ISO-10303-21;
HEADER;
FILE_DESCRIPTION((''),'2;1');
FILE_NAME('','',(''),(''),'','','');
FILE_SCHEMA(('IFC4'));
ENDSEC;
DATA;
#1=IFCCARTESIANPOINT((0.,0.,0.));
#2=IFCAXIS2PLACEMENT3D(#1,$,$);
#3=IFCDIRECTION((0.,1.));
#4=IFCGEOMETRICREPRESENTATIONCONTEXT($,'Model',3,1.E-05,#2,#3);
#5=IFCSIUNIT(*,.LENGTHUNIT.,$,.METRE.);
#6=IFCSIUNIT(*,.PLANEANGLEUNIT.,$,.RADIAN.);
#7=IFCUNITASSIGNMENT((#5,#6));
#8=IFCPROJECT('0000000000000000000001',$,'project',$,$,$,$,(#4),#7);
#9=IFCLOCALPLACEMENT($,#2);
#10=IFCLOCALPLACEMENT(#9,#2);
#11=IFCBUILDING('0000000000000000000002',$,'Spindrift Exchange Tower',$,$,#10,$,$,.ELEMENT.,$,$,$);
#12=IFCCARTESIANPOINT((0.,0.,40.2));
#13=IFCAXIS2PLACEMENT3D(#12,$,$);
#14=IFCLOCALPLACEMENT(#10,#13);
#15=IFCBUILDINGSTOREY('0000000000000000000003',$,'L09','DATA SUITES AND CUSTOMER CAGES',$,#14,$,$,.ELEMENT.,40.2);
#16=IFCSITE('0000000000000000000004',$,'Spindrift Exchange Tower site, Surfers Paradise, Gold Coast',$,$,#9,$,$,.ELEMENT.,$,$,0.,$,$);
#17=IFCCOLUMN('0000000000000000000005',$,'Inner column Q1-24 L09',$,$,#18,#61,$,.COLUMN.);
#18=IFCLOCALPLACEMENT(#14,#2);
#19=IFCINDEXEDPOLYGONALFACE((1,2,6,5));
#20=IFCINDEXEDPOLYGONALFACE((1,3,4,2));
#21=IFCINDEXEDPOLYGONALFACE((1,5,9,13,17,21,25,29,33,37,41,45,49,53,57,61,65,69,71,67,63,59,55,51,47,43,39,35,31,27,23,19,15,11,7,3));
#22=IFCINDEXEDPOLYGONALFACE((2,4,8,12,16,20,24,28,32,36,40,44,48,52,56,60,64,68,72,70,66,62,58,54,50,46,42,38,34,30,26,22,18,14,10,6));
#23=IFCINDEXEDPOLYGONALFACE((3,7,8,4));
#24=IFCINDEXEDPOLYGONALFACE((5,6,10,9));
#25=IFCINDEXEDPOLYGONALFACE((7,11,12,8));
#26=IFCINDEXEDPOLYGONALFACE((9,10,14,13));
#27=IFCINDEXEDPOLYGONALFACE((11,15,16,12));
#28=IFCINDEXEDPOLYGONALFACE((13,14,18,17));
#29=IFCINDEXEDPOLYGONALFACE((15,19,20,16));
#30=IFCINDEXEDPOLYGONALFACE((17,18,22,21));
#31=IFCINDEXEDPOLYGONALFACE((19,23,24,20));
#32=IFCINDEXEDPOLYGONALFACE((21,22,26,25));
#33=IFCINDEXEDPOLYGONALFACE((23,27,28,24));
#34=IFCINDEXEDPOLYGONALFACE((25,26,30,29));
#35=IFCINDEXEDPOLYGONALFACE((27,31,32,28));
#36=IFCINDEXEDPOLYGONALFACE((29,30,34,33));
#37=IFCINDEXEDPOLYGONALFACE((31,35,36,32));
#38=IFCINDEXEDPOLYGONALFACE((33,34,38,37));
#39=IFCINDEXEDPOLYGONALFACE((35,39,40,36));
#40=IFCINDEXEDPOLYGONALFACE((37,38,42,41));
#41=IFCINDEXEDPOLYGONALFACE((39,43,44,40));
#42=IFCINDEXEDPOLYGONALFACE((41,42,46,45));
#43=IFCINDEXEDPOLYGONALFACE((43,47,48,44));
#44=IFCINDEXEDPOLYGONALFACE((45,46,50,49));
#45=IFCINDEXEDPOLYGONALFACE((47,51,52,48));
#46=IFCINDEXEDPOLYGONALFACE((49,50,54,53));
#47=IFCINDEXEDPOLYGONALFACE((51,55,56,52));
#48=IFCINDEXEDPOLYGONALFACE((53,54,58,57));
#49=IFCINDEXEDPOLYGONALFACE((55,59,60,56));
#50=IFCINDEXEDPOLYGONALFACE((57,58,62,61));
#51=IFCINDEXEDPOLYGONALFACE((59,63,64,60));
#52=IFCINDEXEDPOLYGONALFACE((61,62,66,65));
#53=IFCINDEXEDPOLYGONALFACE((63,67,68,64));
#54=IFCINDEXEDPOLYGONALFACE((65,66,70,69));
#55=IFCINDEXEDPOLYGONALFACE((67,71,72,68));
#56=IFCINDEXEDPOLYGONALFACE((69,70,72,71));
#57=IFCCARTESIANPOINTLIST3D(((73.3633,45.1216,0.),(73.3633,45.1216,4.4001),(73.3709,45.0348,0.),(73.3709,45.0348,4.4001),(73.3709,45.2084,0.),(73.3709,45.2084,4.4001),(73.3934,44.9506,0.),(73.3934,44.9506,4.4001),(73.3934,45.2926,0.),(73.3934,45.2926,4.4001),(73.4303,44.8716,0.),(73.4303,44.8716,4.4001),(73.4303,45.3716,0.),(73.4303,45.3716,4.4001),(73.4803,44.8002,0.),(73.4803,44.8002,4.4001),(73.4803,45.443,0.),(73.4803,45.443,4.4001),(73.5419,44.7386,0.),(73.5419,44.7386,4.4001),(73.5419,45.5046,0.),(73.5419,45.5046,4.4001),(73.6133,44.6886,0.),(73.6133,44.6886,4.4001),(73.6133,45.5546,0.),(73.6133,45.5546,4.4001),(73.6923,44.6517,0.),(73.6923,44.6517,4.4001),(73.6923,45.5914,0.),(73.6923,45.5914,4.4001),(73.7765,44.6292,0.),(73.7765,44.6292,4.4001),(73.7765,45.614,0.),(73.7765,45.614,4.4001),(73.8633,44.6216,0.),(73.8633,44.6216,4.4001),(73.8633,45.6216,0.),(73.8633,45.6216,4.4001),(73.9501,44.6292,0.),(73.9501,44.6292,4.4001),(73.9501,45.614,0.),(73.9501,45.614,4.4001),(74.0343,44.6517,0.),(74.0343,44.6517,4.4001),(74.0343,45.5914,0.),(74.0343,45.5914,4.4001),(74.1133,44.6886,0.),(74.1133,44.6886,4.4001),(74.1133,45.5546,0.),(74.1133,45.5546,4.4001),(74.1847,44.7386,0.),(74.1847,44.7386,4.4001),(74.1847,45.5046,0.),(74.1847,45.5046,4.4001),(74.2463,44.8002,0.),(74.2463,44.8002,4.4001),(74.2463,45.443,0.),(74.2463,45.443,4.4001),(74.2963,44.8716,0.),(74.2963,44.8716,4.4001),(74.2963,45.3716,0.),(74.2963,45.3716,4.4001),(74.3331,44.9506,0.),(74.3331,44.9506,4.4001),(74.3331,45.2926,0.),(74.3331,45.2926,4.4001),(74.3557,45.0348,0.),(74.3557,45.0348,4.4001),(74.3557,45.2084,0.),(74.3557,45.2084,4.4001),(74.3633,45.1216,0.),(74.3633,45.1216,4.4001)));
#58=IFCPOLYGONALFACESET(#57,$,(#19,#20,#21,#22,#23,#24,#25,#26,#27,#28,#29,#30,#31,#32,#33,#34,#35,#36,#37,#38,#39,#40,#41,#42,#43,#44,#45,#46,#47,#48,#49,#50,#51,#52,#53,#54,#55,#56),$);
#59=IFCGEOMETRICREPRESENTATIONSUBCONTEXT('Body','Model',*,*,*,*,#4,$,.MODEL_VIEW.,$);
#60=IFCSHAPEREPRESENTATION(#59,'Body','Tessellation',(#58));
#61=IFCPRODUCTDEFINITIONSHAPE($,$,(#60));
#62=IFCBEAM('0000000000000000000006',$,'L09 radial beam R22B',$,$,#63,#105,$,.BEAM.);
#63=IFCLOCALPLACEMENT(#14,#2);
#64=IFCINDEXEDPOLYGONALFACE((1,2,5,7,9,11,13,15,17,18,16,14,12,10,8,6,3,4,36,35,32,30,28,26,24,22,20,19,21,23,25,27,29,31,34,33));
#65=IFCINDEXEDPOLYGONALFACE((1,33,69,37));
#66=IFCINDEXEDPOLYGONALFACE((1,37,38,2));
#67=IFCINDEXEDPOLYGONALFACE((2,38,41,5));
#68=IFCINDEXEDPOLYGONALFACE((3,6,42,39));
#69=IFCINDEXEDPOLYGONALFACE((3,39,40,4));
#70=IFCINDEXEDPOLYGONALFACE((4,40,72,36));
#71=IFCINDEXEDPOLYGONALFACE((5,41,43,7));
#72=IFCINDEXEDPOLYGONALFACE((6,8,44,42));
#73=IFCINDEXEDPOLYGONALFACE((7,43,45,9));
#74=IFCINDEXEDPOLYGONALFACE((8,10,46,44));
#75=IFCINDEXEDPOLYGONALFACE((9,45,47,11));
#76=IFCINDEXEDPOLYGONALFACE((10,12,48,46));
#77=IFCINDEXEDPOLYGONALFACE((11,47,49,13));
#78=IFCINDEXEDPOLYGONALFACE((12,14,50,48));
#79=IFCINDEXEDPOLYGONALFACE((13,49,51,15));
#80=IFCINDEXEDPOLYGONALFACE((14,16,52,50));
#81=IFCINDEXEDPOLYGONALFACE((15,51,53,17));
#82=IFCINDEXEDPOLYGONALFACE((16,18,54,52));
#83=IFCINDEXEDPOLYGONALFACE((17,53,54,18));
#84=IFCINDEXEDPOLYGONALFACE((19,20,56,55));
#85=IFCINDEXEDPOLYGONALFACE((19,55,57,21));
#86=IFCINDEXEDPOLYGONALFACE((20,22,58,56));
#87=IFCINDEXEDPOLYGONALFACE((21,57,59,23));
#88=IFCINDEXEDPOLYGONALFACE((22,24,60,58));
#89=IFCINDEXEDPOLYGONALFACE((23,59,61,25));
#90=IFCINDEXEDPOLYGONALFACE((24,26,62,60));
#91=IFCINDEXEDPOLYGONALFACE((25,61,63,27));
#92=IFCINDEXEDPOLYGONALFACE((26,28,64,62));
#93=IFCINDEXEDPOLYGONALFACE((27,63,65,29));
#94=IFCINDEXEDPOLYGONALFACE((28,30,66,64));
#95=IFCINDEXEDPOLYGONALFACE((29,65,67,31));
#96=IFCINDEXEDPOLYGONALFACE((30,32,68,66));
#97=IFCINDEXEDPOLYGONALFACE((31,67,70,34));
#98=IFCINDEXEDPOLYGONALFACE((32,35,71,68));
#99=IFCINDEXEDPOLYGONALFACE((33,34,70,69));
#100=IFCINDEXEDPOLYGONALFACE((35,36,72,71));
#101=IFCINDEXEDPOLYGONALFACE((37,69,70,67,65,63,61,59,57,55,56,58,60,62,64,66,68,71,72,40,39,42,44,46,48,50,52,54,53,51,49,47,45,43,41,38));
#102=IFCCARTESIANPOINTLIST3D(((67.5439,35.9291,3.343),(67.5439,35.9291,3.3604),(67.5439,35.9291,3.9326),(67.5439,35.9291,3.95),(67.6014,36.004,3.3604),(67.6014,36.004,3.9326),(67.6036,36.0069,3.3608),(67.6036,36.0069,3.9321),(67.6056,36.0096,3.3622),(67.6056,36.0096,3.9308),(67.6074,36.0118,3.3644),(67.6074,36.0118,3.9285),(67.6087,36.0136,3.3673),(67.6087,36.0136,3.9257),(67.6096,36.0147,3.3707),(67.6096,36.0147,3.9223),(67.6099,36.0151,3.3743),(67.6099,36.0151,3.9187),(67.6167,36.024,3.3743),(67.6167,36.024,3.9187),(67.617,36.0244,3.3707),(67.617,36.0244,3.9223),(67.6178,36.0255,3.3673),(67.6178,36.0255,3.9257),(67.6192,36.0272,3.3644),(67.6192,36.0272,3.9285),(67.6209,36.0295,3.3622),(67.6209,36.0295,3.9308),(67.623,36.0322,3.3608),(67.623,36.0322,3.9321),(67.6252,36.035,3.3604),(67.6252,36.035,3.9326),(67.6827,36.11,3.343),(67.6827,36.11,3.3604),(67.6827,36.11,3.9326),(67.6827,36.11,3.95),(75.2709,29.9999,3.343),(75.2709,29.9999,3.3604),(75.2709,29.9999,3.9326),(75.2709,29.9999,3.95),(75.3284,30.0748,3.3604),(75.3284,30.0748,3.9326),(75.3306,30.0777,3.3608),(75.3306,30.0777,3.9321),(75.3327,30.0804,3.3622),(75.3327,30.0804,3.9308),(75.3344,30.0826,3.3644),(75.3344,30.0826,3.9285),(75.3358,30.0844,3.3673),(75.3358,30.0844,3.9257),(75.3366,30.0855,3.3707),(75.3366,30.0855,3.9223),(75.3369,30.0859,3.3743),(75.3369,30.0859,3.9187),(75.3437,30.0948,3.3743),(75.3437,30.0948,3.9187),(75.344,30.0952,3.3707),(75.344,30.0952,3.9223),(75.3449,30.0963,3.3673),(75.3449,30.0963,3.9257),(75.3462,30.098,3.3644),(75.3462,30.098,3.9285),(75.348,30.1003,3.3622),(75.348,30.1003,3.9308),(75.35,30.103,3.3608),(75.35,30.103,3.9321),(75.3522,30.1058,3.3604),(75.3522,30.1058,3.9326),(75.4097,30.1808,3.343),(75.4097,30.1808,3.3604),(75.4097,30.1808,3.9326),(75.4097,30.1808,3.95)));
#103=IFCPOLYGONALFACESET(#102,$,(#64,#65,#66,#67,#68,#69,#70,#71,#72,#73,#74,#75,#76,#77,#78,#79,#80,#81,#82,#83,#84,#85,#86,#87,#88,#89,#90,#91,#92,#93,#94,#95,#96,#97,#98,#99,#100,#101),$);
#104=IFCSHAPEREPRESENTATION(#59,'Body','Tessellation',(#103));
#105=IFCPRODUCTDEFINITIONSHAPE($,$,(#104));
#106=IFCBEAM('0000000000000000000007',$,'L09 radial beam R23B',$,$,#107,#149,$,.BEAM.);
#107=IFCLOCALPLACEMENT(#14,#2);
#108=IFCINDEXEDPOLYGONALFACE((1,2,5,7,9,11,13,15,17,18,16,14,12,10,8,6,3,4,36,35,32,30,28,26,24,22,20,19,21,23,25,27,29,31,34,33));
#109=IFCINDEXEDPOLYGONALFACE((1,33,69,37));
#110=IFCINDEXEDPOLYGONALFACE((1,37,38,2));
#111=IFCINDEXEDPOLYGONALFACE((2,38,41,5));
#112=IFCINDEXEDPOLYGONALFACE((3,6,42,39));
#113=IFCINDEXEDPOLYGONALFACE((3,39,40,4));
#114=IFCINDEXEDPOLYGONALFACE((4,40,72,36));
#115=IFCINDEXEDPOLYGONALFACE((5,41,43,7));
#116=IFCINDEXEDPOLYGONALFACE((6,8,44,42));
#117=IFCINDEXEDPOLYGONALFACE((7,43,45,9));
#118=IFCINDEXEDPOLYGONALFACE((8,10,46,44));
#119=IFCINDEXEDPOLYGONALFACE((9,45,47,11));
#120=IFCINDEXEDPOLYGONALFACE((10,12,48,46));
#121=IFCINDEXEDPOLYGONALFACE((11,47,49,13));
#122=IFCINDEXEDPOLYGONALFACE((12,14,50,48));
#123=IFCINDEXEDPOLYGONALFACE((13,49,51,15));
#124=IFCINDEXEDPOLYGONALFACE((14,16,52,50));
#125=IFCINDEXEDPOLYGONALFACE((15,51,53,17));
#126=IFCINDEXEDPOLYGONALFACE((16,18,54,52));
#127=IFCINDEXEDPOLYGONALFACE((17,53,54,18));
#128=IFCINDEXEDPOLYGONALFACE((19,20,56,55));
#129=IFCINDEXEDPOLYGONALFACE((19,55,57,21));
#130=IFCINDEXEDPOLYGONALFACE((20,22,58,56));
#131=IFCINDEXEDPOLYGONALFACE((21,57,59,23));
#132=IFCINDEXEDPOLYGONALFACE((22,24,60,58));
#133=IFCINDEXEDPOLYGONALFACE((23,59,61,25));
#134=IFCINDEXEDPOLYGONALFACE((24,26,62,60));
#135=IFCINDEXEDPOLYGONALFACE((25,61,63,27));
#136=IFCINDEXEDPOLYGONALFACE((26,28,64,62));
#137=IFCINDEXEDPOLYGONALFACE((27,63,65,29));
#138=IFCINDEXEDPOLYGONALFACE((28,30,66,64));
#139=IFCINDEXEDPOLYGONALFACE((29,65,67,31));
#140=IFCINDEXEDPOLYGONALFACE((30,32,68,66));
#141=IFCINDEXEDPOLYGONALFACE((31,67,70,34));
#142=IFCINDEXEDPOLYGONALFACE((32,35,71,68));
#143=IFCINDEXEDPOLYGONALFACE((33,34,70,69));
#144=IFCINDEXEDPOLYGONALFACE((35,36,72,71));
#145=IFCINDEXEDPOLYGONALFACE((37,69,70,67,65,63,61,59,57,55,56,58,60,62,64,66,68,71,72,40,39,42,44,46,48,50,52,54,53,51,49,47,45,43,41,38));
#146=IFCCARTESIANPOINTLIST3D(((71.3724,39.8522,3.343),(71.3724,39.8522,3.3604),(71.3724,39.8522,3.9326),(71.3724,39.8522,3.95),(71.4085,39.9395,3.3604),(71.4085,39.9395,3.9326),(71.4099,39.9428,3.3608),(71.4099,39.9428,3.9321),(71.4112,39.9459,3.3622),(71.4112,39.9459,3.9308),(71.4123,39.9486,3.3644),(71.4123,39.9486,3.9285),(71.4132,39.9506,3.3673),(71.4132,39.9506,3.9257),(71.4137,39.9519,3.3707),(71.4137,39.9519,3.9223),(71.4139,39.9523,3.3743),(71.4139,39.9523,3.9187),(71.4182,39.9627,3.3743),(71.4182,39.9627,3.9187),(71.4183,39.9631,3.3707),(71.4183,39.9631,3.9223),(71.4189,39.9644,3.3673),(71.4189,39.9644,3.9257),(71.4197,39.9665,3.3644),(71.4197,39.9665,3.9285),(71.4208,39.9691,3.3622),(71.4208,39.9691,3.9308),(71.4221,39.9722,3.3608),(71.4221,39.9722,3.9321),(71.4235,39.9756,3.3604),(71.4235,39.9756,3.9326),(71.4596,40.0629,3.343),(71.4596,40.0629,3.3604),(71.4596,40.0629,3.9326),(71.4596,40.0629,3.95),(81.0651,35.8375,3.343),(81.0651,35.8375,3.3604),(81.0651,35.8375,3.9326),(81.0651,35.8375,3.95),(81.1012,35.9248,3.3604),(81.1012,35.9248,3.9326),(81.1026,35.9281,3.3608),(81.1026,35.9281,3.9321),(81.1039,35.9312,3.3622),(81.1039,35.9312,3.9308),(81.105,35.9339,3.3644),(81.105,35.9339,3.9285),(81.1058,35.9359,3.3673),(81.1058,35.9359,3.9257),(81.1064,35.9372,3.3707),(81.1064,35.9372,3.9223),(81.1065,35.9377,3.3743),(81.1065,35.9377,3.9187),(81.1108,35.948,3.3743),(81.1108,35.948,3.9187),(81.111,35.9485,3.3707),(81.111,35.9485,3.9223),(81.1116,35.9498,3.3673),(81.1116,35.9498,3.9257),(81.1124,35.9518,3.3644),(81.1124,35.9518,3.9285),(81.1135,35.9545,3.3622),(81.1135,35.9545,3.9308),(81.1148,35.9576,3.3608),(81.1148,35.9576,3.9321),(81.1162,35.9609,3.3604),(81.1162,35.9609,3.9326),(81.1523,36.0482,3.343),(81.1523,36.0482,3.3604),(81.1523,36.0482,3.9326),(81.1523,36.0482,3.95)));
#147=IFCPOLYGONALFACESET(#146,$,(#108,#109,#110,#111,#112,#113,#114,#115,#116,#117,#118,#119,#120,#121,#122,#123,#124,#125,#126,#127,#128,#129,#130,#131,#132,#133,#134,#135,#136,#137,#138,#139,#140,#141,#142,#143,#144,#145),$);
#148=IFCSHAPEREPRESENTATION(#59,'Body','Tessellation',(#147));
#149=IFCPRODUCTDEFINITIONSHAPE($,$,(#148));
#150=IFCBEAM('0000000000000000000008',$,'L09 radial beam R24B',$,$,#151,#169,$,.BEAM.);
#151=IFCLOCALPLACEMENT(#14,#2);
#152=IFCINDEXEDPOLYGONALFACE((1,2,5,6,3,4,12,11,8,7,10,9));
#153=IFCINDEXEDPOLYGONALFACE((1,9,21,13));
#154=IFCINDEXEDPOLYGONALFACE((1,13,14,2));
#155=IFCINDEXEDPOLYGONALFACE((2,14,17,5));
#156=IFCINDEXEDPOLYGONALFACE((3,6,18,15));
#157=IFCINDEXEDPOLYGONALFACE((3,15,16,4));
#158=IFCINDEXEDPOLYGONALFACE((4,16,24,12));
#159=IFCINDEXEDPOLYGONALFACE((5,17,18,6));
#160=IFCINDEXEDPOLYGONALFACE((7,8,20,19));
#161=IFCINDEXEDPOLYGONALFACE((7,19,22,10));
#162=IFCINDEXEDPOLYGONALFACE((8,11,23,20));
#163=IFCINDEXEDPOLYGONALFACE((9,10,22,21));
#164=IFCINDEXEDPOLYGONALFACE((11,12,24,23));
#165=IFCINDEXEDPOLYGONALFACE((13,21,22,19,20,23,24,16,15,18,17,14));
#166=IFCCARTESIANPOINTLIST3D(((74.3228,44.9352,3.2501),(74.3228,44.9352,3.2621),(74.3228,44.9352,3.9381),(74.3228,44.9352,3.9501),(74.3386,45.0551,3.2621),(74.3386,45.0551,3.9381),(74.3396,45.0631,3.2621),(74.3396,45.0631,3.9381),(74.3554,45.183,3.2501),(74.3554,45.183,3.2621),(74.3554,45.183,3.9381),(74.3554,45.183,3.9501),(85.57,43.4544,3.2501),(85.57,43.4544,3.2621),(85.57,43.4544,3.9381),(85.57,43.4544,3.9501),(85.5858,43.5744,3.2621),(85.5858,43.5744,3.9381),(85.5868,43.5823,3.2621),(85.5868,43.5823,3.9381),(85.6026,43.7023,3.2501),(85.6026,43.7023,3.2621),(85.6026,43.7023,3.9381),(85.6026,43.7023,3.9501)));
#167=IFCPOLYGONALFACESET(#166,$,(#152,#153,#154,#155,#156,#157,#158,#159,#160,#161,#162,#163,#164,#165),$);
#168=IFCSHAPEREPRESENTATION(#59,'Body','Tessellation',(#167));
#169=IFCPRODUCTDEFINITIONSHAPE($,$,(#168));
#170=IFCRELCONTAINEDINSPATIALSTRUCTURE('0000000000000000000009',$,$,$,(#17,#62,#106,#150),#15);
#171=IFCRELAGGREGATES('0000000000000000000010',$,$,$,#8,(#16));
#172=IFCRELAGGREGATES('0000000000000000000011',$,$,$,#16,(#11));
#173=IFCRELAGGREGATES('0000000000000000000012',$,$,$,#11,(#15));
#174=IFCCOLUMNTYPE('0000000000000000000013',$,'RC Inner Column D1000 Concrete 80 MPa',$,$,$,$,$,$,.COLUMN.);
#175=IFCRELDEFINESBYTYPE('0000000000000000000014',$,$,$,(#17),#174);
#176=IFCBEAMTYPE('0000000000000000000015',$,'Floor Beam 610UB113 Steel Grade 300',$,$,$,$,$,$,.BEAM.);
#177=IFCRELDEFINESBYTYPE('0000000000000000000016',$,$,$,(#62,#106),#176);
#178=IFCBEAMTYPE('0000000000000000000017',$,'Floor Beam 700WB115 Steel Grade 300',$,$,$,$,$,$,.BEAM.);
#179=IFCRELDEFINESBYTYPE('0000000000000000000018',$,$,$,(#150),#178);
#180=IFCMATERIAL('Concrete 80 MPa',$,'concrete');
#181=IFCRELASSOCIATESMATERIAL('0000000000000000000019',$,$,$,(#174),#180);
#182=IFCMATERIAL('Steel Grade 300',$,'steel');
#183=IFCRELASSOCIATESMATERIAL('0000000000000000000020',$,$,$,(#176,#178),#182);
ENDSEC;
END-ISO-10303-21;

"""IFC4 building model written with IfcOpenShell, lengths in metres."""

from ifc_helpers import new_model, si_unit, direction, frame, origin, origin_2d, place, context, subcontext, project, spatial, circle, i_section, extrude, source, transform, mapped, material, material_profile, profile_set, type_object, element, save


model = new_model("IFC4")

# Units and contexts
model_context = context("Model", 3, precision=1e-05, world=origin(), true_north=direction((0.0, 1.0)))
body_context = subcontext(model_context, "Body", "Model", "MODEL_VIEW")
ifc_project = project(units=[si_unit("LENGTHUNIT", "METRE"), si_unit("PLANEANGLEUNIT", "RADIAN")], contexts=[model_context])

# Site, building, storey
site_placement = place(None, origin())
site = spatial("IfcSite", under=ifc_project, at=site_placement, Name="Spindrift Exchange Tower site, Surfers Paradise, Gold Coast", CompositionType="ELEMENT", RefElevation=0.0)
building_placement = place(site_placement, origin())
building = spatial("IfcBuilding", under=site, at=building_placement, Name="Spindrift Exchange Tower", CompositionType="ELEMENT")
storey_placement = place(building_placement, frame((0.0, 0.0, 40.2)))
storey = spatial("IfcBuildingStorey", under=building, at=storey_placement, Name="L09", Description="DATA SUITES AND CUSTOMER CAGES", CompositionType="ELEMENT", Elevation=40.2)

# Column
ifc_material_1 = material(Name="Concrete 80 MPa", Category="concrete")
ifc_material_profile_1 = material_profile(ifc_material_1, circle(Radius=0.5, at=origin_2d()), Name="RC D1000")
ifc_profile_set_1 = profile_set([ifc_material_profile_1], Name="Concrete 80 MPa")
column_type_1 = type_object("IfcColumnType", Name="RC Inner Column D1000 Concrete 80 MPa", PredefinedType="COLUMN", material=ifc_profile_set_1)
shared_shape_1 = source(origin(), body_context, "Body", "SweptSolid", [
    extrude(circle(Radius=0.5, at=origin_2d()), origin(), (0.0, 0.0, 1.0), 4.4001),
])
for number, where, z_axis, x_axis, name in (
    (1, (73.8633, 45.1216, 0.0), (0.0, 0.0, 1.0), (1.0, 0.0, 0.0), "Inner column Q1-24 L09"),
):
    element("IfcColumn", number, at=place(storey_placement, frame(where, z_axis=z_axis, x_axis=x_axis)), inside=storey, type_object=column_type_1, Name=name, PredefinedType="COLUMN", context=body_context, shape_type="MappedRepresentation", body=[
        mapped(shared_shape_1, transform((0.0, 0.0, 0.0), scale=1.0)),
    ])

# Beams
ifc_material_2 = material(Name="Steel Grade 300", Category="steel")
ifc_material_profile_2 = material_profile(ifc_material_2, i_section(OverallWidth=0.228, OverallDepth=0.6069, WebThickness=0.0112, FlangeThickness=0.0173, FilletRadius=0.0139, at=origin_2d()), Name="610UB113")
ifc_profile_set_2 = profile_set([ifc_material_profile_2], Name="Steel Grade 300")
beam_type_1 = type_object("IfcBeamType", Name="Floor Beam 610UB113 Steel Grade 300", PredefinedType="BEAM", material=ifc_profile_set_2)
shared_shape_2 = source(origin(), body_context, "Body", "SweptSolid", [
    extrude(i_section(OverallWidth=0.228, OverallDepth=0.6069, WebThickness=0.0112, FlangeThickness=0.0173, FilletRadius=0.0139, at=origin_2d()), origin(), (0.0, 0.0, 1.0), 9.7397),
])
beam_1_placement = place(storey_placement, frame((67.6133, 36.0195, 3.6465), z_axis=(0.793352, -0.608763, 0.0), x_axis=(0.608763, 0.793352, 0.0)))
element("IfcBeam", 2, at=beam_1_placement, inside=storey, type_object=beam_type_1, Name="L09 radial beam R22B", PredefinedType="BEAM", context=body_context, shape_type="MappedRepresentation", body=[
    mapped(shared_shape_2, transform((0.0, 0.0, 0.0), scale=1.0)),
])
shared_shape_3 = source(origin(), body_context, "Body", "SweptSolid", [
    extrude(i_section(OverallWidth=0.228, OverallDepth=0.6069, WebThickness=0.0112, FlangeThickness=0.0173, FilletRadius=0.0139, at=origin_2d()), origin(), (0.0, 0.0, 1.0), 10.4912),
])
beam_2_placement = place(storey_placement, frame((71.416, 39.9575, 3.6465), z_axis=(0.923885, -0.38267, 0.0), x_axis=(0.38267, 0.923885, 0.0)))
element("IfcBeam", 3, at=beam_2_placement, inside=storey, type_object=beam_type_1, Name="L09 radial beam R23B", PredefinedType="BEAM", context=body_context, shape_type="MappedRepresentation", body=[
    mapped(shared_shape_3, transform((0.0, 0.0, 0.0), scale=1.0)),
])
ifc_material_profile_3 = material_profile(ifc_material_2, i_section(OverallWidth=0.25, OverallDepth=0.7, WebThickness=0.0081, FlangeThickness=0.012, at=origin_2d()), Name="700WB115")
ifc_profile_set_3 = profile_set([ifc_material_profile_3], Name="Steel Grade 300")
beam_type_2 = type_object("IfcBeamType", Name="Floor Beam 700WB115 Steel Grade 300", PredefinedType="BEAM", material=ifc_profile_set_3)
shared_shape_4 = source(origin(), body_context, "Body", "SweptSolid", [
    extrude(i_section(OverallWidth=0.25, OverallDepth=0.7, WebThickness=0.0081, FlangeThickness=0.012, at=origin_2d()), origin(), (0.0, 0.0, 1.0), 11.3442),
])
beam_3_placement = place(storey_placement, frame((74.3391, 45.0591, 3.6001), z_axis=(0.991445, -0.130527, 0.0), x_axis=(0.130527, 0.991445, 0.0)))
element("IfcBeam", 4, at=beam_3_placement, inside=storey, type_object=beam_type_2, Name="L09 radial beam R24B", PredefinedType="BEAM", context=body_context, shape_type="MappedRepresentation", body=[
    mapped(shared_shape_4, transform((0.0, 0.0, 0.0), scale=1.0)),
])

save(model, "model.ifc")
